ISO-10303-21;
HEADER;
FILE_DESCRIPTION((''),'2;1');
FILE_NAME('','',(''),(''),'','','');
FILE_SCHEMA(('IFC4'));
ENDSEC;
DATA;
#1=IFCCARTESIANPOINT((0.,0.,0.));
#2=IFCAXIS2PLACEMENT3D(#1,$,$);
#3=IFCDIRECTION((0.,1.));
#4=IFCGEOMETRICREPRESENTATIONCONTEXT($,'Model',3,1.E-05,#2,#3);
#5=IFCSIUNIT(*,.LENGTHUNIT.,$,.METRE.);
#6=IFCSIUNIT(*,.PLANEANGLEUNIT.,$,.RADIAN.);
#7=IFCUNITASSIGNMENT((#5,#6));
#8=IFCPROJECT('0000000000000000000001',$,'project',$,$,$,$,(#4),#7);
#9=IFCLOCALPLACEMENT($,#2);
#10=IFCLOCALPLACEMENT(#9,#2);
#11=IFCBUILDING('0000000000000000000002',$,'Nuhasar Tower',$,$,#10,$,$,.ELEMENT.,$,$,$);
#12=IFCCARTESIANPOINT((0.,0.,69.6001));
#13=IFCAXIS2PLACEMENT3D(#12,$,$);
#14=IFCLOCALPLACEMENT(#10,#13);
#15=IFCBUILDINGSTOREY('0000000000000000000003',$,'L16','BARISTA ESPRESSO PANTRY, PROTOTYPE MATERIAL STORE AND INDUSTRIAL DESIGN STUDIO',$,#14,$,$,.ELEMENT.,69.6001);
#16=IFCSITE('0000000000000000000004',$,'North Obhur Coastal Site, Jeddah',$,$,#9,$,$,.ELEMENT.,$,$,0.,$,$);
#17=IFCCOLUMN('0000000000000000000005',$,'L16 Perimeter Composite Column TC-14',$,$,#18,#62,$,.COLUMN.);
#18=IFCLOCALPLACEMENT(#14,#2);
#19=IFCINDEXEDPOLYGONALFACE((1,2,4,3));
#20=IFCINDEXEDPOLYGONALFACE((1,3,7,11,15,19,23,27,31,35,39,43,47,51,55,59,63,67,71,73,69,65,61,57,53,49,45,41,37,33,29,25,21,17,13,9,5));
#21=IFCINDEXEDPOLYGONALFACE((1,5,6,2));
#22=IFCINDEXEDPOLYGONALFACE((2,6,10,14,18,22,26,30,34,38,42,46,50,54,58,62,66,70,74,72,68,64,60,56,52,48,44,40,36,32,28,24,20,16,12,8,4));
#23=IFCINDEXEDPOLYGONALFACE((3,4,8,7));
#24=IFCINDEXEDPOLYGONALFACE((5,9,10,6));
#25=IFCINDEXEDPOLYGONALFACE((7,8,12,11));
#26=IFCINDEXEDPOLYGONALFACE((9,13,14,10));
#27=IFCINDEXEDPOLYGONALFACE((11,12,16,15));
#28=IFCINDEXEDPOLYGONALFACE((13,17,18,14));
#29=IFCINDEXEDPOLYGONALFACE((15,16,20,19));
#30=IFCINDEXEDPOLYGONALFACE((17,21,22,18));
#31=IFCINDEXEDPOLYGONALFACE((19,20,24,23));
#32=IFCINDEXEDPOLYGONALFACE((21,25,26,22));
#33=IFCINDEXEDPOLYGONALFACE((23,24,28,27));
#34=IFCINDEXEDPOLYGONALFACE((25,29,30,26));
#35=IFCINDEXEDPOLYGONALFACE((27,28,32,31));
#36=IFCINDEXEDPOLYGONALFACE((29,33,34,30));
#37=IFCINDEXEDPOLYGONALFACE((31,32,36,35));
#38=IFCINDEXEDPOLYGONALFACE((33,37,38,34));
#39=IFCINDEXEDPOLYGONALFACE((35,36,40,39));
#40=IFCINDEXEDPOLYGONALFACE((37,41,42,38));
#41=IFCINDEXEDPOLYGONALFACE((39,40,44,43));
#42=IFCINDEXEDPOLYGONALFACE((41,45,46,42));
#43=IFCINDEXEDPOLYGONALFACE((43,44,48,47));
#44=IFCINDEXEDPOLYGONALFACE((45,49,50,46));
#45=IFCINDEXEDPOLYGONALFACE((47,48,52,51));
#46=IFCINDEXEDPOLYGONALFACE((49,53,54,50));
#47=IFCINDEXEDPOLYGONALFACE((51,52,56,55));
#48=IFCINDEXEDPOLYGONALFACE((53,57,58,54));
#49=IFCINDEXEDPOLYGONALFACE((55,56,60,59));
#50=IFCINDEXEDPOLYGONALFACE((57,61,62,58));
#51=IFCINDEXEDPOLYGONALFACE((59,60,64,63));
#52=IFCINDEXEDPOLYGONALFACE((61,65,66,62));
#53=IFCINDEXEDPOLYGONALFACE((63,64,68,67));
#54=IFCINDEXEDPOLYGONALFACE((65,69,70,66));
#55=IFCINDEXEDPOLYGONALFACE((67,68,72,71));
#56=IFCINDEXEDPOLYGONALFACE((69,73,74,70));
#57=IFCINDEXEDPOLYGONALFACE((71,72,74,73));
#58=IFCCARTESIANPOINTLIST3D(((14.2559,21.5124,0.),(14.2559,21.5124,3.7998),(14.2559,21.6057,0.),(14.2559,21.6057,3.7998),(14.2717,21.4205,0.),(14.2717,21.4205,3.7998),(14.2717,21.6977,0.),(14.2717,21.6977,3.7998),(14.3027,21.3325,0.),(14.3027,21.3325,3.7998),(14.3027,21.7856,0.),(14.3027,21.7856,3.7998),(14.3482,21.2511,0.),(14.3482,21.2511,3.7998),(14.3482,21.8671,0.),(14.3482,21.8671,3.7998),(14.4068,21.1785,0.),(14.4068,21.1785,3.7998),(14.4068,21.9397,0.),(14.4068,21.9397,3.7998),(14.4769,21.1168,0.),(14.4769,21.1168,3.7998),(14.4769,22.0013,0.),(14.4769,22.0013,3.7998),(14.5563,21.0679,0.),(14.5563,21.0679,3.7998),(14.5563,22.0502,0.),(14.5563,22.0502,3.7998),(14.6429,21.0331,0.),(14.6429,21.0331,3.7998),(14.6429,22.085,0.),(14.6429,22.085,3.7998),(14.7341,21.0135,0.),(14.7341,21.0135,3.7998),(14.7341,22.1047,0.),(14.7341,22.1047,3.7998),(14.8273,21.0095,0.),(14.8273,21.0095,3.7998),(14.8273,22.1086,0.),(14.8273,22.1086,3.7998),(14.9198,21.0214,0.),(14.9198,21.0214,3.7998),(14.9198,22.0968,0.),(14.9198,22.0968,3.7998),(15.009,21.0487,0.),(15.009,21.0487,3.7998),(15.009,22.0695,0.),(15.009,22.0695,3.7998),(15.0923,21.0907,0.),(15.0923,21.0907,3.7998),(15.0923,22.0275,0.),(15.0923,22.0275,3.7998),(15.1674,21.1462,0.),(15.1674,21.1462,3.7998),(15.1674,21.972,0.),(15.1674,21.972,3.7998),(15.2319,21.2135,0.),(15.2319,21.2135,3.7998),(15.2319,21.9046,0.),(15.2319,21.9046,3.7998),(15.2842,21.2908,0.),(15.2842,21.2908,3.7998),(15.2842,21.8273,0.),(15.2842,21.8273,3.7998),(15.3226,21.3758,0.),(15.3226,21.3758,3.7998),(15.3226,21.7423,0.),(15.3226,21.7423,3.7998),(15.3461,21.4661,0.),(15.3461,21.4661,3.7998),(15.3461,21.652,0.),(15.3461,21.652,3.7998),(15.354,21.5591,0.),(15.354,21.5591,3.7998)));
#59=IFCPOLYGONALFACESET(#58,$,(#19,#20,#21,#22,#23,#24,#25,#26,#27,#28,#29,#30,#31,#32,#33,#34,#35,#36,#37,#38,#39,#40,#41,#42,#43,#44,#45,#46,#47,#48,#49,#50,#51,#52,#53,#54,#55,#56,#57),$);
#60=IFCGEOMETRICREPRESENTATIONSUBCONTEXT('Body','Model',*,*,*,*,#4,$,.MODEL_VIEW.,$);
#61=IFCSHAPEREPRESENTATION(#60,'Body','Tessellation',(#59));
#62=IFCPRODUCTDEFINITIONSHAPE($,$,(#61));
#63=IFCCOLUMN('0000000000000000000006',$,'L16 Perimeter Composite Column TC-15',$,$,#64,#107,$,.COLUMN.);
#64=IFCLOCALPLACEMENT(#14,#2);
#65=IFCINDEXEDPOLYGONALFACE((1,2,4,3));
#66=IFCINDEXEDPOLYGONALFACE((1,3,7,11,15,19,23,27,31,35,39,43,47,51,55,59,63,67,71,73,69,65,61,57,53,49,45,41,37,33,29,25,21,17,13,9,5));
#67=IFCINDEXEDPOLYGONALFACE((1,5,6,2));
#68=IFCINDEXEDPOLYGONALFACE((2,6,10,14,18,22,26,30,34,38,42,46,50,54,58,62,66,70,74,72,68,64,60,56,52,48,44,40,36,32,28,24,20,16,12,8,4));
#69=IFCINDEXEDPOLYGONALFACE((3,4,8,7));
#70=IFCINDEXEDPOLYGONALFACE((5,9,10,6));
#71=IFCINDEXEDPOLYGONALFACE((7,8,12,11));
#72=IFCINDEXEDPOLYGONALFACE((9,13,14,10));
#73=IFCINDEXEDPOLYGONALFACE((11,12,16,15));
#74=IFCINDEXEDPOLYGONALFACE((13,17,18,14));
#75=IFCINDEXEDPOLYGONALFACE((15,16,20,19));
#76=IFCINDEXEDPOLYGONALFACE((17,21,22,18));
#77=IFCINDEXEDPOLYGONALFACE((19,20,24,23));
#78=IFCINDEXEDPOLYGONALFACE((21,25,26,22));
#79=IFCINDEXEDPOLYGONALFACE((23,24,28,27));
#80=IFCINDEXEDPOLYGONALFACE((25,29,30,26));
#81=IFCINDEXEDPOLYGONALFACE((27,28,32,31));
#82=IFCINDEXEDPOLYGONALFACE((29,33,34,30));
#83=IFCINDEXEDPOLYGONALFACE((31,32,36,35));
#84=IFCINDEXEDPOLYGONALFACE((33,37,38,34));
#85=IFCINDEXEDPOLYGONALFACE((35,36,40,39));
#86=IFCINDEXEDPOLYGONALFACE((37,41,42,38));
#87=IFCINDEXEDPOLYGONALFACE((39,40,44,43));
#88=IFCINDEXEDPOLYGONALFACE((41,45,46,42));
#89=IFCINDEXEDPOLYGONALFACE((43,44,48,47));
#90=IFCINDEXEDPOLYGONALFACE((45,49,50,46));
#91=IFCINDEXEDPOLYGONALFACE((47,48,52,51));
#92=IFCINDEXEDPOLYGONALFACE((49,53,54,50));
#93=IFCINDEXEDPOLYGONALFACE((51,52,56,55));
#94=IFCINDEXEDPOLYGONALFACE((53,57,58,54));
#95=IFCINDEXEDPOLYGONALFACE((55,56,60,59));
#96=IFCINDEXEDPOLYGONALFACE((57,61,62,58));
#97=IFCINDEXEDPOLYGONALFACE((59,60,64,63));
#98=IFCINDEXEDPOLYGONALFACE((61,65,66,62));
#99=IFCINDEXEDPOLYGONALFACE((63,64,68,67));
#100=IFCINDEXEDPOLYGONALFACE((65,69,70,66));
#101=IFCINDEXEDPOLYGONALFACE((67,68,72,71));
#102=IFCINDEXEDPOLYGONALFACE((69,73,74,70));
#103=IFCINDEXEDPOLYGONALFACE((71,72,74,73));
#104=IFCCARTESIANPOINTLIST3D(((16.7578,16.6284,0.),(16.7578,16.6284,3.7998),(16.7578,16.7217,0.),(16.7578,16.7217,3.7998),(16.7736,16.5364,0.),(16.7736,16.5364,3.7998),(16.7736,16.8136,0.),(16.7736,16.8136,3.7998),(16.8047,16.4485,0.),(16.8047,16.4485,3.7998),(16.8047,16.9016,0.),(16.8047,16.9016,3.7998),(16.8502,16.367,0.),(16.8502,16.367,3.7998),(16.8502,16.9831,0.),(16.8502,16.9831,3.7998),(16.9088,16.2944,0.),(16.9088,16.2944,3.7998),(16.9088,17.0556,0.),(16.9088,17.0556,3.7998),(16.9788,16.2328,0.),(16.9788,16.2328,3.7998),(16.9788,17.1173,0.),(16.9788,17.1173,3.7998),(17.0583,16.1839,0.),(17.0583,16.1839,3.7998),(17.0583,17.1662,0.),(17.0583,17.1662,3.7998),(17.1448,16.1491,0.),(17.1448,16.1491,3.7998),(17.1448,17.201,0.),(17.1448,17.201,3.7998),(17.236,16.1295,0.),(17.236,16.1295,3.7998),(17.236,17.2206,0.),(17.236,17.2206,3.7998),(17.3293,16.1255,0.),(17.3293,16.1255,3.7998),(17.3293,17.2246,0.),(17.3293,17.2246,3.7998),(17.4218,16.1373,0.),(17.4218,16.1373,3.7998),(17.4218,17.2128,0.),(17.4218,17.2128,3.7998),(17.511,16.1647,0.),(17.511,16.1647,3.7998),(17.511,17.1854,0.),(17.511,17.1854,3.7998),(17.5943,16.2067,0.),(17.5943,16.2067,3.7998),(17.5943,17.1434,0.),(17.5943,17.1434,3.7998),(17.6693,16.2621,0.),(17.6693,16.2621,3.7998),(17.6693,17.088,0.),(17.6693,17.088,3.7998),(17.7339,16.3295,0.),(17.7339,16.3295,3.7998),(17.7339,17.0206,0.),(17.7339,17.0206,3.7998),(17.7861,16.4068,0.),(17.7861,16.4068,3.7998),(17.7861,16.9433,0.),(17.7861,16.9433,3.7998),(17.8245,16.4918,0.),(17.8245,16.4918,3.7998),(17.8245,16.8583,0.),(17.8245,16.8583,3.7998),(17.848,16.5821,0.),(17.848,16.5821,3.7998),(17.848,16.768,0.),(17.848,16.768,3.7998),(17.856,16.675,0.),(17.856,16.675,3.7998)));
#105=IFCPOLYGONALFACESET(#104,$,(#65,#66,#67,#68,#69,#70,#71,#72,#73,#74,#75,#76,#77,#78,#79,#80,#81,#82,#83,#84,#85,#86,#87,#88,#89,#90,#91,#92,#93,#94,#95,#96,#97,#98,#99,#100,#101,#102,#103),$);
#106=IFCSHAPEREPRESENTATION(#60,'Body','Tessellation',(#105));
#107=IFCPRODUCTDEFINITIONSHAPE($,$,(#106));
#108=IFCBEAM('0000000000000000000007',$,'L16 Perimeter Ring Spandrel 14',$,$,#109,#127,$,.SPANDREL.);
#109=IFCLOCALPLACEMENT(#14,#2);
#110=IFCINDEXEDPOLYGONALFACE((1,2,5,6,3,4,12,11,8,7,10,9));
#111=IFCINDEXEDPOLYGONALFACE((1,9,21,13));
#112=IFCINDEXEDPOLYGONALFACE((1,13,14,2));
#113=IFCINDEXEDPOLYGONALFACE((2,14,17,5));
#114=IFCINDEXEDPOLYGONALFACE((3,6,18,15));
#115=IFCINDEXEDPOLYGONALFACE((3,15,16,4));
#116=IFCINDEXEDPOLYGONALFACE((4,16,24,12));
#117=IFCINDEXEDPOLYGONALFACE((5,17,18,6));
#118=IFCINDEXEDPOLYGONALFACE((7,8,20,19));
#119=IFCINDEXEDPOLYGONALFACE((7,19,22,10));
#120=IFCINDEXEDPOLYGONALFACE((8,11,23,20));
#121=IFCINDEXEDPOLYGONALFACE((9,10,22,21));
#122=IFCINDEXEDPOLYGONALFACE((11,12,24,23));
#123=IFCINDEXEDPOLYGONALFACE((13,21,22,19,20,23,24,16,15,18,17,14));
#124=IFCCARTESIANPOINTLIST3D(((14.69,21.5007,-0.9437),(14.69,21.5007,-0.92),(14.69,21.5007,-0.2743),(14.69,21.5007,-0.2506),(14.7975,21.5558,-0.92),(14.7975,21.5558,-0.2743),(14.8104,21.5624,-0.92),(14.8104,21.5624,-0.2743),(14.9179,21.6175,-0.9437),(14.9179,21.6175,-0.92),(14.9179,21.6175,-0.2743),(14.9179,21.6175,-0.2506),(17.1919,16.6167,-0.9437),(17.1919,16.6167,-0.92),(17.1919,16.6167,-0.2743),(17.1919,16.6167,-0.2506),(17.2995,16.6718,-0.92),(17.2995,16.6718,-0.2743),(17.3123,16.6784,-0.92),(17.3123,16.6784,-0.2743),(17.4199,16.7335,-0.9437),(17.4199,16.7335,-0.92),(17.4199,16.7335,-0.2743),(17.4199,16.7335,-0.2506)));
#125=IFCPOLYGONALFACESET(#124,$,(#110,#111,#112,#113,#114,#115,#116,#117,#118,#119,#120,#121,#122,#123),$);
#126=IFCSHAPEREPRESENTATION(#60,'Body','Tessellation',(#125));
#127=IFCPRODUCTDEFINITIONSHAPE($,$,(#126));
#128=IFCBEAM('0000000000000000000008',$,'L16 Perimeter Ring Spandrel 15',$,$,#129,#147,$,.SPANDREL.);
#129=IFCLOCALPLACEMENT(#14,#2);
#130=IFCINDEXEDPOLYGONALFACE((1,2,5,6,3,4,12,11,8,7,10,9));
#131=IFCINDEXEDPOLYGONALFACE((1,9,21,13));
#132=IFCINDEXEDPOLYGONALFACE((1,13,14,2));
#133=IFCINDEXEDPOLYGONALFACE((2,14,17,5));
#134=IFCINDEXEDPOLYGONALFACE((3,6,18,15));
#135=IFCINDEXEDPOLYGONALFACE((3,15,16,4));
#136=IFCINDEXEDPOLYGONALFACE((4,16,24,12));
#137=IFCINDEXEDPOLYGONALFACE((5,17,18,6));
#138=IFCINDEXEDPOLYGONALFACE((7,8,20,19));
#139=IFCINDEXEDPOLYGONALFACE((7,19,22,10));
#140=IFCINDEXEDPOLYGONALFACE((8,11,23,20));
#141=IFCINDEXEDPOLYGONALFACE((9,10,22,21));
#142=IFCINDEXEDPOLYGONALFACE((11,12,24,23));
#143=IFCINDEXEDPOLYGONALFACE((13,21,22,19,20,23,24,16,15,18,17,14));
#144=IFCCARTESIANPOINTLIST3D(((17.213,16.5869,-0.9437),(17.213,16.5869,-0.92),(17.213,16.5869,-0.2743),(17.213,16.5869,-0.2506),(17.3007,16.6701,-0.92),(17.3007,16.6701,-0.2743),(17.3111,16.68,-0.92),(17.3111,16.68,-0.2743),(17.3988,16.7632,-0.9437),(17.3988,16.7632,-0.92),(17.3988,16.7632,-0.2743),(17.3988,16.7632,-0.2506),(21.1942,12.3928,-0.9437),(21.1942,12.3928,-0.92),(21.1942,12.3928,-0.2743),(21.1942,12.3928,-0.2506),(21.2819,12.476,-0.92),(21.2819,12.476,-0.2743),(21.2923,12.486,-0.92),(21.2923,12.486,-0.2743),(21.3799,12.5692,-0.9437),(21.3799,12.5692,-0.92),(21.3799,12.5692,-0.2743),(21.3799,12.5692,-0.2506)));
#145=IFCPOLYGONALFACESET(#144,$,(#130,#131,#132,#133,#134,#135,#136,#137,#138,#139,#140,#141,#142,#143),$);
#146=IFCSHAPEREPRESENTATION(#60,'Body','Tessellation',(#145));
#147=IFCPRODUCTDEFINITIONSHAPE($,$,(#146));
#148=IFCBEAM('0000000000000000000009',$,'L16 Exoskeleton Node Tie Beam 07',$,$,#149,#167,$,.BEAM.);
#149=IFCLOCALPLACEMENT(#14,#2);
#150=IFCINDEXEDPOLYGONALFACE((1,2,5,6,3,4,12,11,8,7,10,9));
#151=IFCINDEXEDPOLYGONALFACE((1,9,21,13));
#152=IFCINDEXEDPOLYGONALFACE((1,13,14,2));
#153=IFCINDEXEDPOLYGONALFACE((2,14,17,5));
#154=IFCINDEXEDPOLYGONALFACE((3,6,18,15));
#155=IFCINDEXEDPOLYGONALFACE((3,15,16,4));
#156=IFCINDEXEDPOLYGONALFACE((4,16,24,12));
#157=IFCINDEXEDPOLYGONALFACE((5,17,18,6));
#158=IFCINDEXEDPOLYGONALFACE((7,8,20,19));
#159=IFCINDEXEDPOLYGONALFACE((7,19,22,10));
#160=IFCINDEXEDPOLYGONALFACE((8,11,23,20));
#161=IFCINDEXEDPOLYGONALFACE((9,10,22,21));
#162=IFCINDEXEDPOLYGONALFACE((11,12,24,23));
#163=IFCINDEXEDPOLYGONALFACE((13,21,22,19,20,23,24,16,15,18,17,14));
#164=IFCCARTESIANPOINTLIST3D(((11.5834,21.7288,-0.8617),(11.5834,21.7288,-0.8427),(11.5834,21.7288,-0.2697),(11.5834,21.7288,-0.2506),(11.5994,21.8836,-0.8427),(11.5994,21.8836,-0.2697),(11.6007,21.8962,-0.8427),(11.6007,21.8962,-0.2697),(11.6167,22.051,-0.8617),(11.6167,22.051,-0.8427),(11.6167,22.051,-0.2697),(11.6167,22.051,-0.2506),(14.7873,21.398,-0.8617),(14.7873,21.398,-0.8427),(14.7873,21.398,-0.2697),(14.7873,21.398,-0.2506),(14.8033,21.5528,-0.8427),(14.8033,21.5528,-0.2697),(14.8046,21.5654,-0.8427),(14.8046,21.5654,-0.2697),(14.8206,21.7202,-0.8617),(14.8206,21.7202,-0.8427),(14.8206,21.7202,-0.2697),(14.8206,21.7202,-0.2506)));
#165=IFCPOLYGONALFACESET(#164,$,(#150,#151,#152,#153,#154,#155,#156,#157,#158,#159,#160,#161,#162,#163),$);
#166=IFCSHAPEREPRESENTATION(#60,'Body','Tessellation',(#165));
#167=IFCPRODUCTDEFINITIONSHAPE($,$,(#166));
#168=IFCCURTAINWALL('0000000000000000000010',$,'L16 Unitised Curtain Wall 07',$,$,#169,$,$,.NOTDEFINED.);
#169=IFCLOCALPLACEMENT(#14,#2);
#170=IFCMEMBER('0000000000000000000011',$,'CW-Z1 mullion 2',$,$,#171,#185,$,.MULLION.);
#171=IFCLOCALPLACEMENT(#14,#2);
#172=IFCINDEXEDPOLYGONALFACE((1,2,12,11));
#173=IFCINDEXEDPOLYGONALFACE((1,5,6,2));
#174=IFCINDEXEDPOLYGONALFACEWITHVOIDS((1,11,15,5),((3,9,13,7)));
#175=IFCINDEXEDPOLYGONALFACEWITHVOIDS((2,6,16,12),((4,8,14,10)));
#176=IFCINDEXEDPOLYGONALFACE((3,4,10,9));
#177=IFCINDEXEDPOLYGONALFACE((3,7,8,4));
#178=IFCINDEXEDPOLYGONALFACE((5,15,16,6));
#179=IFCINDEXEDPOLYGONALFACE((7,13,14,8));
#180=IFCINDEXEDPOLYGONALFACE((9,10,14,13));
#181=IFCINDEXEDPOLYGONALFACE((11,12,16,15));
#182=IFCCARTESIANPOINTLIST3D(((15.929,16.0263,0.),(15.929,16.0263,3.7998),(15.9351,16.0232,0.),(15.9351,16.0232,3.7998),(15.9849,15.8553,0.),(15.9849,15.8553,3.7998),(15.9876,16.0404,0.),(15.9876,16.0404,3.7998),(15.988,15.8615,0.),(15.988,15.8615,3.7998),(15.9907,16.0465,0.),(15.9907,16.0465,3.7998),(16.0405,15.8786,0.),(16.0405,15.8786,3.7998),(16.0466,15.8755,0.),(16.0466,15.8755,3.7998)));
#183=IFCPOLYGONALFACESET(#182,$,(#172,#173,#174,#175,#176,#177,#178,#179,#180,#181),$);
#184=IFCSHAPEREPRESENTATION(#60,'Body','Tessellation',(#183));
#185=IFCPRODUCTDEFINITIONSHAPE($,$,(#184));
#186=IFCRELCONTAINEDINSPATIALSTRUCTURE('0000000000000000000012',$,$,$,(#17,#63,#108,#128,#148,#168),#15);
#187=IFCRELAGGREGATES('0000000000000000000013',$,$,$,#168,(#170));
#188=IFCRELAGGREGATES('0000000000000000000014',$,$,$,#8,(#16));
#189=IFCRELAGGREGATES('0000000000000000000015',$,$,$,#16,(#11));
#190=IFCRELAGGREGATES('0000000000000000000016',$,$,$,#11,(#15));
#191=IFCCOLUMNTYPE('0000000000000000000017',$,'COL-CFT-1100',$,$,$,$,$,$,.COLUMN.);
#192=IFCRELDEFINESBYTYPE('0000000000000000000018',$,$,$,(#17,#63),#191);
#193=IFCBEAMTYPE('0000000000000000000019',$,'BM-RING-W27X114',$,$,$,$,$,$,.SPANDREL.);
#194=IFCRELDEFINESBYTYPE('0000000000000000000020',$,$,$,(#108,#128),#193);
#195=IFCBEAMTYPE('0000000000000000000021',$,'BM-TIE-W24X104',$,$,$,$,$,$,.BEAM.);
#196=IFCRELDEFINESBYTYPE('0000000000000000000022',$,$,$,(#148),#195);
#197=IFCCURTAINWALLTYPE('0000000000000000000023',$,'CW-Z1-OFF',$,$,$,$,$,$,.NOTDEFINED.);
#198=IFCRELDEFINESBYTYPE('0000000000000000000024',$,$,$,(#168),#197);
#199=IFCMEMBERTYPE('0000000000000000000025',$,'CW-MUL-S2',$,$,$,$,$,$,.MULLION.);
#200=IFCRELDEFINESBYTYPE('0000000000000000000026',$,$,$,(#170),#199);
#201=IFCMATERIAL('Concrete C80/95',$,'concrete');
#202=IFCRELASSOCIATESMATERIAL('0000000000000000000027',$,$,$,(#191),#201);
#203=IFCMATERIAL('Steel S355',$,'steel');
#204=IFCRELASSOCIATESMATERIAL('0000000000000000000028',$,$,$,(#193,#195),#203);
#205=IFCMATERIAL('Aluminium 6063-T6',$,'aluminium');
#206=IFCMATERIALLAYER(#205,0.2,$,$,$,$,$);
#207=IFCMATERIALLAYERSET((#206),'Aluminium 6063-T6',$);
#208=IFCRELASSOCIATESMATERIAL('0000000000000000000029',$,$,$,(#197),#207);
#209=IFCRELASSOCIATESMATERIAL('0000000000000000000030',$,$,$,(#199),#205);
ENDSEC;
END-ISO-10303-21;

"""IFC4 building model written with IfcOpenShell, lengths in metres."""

from ifc_helpers import new_model, si_unit, direction, frame, origin, origin_2d, place, context, subcontext, project, spatial, hollow_rectangle, circle, i_section, extrude, material, layer, layer_set, material_profile, profile_set, type_object, element, aggregate, save


model = new_model("IFC4")

# Units and contexts
model_context = context("Model", 3, precision=1e-05, world=origin(), true_north=direction((0.0, 1.0)))
body_context = subcontext(model_context, "Body", "Model", "MODEL_VIEW")
ifc_project = project(units=[si_unit("LENGTHUNIT", "METRE"), si_unit("PLANEANGLEUNIT", "RADIAN")], contexts=[model_context])

# Site, building, storey
site_placement = place(None, origin())
site = spatial("IfcSite", under=ifc_project, at=site_placement, Name="North Obhur Coastal Site, Jeddah", CompositionType="ELEMENT", RefElevation=0.0)
building_placement = place(site_placement, origin())
building = spatial("IfcBuilding", under=site, at=building_placement, Name="Nuhasar Tower", CompositionType="ELEMENT")
storey_placement = place(building_placement, frame((0.0, 0.0, 69.6001)))
storey = spatial("IfcBuildingStorey", under=building, at=storey_placement, Name="L16", Description="BARISTA ESPRESSO PANTRY, PROTOTYPE MATERIAL STORE AND INDUSTRIAL DESIGN STUDIO", CompositionType="ELEMENT", Elevation=69.6001)

# Columns
ifc_material_1 = material(Name="Concrete C80/95", Category="concrete")
ifc_material_profile_1 = material_profile(ifc_material_1, circle(Radius=0.55, at=origin_2d()), Name="CFT1100")
ifc_profile_set_1 = profile_set([ifc_material_profile_1], Name="Concrete C80/95")
column_type = type_object("IfcColumnType", Name="COL-CFT-1100", PredefinedType="COLUMN", material=ifc_profile_set_1)
for number, where, z_axis, x_axis, name in (
    (1, (14.804, 21.5591, 0.0), (0.0, 0.0, 1.0), (1.0, 0.0, 0.0), "L16 Perimeter Composite Column TC-14"),
    (2, (17.3059, 16.675, 0.0), (0.0, 0.0, 1.0), (1.0, 0.0, 0.0), "L16 Perimeter Composite Column TC-15"),
):
    element("IfcColumn", number, at=place(storey_placement, frame(where, z_axis=z_axis, x_axis=x_axis)), inside=storey, type_object=column_type, Name=name, PredefinedType="COLUMN", context=body_context, shape_type="SweptSolid", body=[
        extrude(circle(Radius=0.55, at=origin_2d()), origin(), (0.0, 0.0, 1.0), 3.7998),
    ])

# Beams
ifc_material_2 = material(Name="Steel S355", Category="steel")
ifc_material_profile_2 = material_profile(ifc_material_2, i_section(OverallWidth=0.2561, OverallDepth=0.6931, WebThickness=0.0144, FlangeThickness=0.0237, at=origin_2d()), Name="W27X114")
ifc_profile_set_2 = profile_set([ifc_material_profile_2], Name="Steel S355")
beam_type_1 = type_object("IfcBeamType", Name="BM-RING-W27X114", PredefinedType="SPANDREL", material=ifc_profile_set_2)
beam_1_placement = place(storey_placement, frame((14.804, 21.5591, -0.5972), z_axis=(0.45593, -0.890016, 0.0), x_axis=(0.890016, 0.45593, 0.0)))
element("IfcBeam", 3, at=beam_1_placement, inside=storey, type_object=beam_type_1, Name="L16 Perimeter Ring Spandrel 14", PredefinedType="SPANDREL", context=body_context, shape_type="SweptSolid", body=[
    extrude(i_section(OverallWidth=0.2561, OverallDepth=0.6931, WebThickness=0.0144, FlangeThickness=0.0237, at=origin_2d()), origin(), (0.0, 0.0, 1.0), 5.4875),
])
beam_2_placement = place(storey_placement, frame((17.3059, 16.675, -0.5972), z_axis=(0.68846, -0.725274, 0.0), x_axis=(0.725274, 0.68846, 0.0)))
element("IfcBeam", 4, at=beam_2_placement, inside=storey, type_object=beam_type_1, Name="L16 Perimeter Ring Spandrel 15", PredefinedType="SPANDREL", context=body_context, shape_type="SweptSolid", body=[
    extrude(i_section(OverallWidth=0.2561, OverallDepth=0.6931, WebThickness=0.0144, FlangeThickness=0.0237, at=origin_2d()), origin(), (0.0, 0.0, 1.0), 5.7827),
])
ifc_material_profile_3 = material_profile(ifc_material_2, i_section(OverallWidth=0.324, OverallDepth=0.6111, WebThickness=0.0127, FlangeThickness=0.019, at=origin_2d()), Name="W24X104")
ifc_profile_set_3 = profile_set([ifc_material_profile_3], Name="Steel S355")
beam_type_2 = type_object("IfcBeamType", Name="BM-TIE-W24X104", PredefinedType="BEAM", material=ifc_profile_set_3)
beam_3_placement = place(storey_placement, frame((14.804, 21.5591, -0.5562), z_axis=(-0.994712, 0.102708, 0.0), x_axis=(-0.102708, -0.994712, 0.0)))
element("IfcBeam", 5, at=beam_3_placement, inside=storey, type_object=beam_type_2, Name="L16 Exoskeleton Node Tie Beam 07", PredefinedType="BEAM", context=body_context, shape_type="SweptSolid", body=[
    extrude(i_section(OverallWidth=0.324, OverallDepth=0.6111, WebThickness=0.0127, FlangeThickness=0.019, at=origin_2d()), origin(), (0.0, 0.0, 1.0), 3.2209),
])

# Curtain wall, member
ifc_material_3 = material(Name="Aluminium 6063-T6", Category="aluminium")
ifc_layer_1 = layer(ifc_material_3, 0.2)
ifc_layer_set_1 = layer_set([ifc_layer_1], Name="Aluminium 6063-T6")
curtain_wall_type = type_object("IfcCurtainWallType", Name="CW-Z1-OFF", PredefinedType="NOTDEFINED", material=ifc_layer_set_1)
curtain_wall_1_placement = place(storey_placement, origin())
curtain_wall_1 = element("IfcCurtainWall", 6, at=curtain_wall_1_placement, inside=storey, type_object=curtain_wall_type, Name="L16 Unitised Curtain Wall 07", PredefinedType="NOTDEFINED")
ifc_material_profile_4 = material_profile(ifc_material_3, hollow_rectangle(XDim=0.0649, YDim=0.1799, WallThickness=0.0049, at=origin_2d()), Name="CWM-2")
ifc_profile_set_4 = profile_set([ifc_material_profile_4], Name="Aluminium 6063-T6")
member_type_1 = type_object("IfcMemberType", Name="CW-MUL-S2", PredefinedType="MULLION", material=ifc_profile_set_4)
member_1_placement = place(storey_placement, frame((15.9878, 15.9509, 0.0), z_axis=(0.0, 0.0, 1.0), x_axis=(0.950468, 0.310824, 0.0)))
member_1 = element("IfcMember", 7, at=member_1_placement, type_object=member_type_1, Name="CW-Z1 mullion 2", PredefinedType="MULLION", context=body_context, shape_type="SweptSolid", body=[
    extrude(hollow_rectangle(XDim=0.0649, YDim=0.1799, WallThickness=0.0049, at=origin_2d()), origin(), (0.0, 0.0, 1.0), 3.7998),
])

aggregate(curtain_wall_1, [member_1])

save(model, "model.ifc")
